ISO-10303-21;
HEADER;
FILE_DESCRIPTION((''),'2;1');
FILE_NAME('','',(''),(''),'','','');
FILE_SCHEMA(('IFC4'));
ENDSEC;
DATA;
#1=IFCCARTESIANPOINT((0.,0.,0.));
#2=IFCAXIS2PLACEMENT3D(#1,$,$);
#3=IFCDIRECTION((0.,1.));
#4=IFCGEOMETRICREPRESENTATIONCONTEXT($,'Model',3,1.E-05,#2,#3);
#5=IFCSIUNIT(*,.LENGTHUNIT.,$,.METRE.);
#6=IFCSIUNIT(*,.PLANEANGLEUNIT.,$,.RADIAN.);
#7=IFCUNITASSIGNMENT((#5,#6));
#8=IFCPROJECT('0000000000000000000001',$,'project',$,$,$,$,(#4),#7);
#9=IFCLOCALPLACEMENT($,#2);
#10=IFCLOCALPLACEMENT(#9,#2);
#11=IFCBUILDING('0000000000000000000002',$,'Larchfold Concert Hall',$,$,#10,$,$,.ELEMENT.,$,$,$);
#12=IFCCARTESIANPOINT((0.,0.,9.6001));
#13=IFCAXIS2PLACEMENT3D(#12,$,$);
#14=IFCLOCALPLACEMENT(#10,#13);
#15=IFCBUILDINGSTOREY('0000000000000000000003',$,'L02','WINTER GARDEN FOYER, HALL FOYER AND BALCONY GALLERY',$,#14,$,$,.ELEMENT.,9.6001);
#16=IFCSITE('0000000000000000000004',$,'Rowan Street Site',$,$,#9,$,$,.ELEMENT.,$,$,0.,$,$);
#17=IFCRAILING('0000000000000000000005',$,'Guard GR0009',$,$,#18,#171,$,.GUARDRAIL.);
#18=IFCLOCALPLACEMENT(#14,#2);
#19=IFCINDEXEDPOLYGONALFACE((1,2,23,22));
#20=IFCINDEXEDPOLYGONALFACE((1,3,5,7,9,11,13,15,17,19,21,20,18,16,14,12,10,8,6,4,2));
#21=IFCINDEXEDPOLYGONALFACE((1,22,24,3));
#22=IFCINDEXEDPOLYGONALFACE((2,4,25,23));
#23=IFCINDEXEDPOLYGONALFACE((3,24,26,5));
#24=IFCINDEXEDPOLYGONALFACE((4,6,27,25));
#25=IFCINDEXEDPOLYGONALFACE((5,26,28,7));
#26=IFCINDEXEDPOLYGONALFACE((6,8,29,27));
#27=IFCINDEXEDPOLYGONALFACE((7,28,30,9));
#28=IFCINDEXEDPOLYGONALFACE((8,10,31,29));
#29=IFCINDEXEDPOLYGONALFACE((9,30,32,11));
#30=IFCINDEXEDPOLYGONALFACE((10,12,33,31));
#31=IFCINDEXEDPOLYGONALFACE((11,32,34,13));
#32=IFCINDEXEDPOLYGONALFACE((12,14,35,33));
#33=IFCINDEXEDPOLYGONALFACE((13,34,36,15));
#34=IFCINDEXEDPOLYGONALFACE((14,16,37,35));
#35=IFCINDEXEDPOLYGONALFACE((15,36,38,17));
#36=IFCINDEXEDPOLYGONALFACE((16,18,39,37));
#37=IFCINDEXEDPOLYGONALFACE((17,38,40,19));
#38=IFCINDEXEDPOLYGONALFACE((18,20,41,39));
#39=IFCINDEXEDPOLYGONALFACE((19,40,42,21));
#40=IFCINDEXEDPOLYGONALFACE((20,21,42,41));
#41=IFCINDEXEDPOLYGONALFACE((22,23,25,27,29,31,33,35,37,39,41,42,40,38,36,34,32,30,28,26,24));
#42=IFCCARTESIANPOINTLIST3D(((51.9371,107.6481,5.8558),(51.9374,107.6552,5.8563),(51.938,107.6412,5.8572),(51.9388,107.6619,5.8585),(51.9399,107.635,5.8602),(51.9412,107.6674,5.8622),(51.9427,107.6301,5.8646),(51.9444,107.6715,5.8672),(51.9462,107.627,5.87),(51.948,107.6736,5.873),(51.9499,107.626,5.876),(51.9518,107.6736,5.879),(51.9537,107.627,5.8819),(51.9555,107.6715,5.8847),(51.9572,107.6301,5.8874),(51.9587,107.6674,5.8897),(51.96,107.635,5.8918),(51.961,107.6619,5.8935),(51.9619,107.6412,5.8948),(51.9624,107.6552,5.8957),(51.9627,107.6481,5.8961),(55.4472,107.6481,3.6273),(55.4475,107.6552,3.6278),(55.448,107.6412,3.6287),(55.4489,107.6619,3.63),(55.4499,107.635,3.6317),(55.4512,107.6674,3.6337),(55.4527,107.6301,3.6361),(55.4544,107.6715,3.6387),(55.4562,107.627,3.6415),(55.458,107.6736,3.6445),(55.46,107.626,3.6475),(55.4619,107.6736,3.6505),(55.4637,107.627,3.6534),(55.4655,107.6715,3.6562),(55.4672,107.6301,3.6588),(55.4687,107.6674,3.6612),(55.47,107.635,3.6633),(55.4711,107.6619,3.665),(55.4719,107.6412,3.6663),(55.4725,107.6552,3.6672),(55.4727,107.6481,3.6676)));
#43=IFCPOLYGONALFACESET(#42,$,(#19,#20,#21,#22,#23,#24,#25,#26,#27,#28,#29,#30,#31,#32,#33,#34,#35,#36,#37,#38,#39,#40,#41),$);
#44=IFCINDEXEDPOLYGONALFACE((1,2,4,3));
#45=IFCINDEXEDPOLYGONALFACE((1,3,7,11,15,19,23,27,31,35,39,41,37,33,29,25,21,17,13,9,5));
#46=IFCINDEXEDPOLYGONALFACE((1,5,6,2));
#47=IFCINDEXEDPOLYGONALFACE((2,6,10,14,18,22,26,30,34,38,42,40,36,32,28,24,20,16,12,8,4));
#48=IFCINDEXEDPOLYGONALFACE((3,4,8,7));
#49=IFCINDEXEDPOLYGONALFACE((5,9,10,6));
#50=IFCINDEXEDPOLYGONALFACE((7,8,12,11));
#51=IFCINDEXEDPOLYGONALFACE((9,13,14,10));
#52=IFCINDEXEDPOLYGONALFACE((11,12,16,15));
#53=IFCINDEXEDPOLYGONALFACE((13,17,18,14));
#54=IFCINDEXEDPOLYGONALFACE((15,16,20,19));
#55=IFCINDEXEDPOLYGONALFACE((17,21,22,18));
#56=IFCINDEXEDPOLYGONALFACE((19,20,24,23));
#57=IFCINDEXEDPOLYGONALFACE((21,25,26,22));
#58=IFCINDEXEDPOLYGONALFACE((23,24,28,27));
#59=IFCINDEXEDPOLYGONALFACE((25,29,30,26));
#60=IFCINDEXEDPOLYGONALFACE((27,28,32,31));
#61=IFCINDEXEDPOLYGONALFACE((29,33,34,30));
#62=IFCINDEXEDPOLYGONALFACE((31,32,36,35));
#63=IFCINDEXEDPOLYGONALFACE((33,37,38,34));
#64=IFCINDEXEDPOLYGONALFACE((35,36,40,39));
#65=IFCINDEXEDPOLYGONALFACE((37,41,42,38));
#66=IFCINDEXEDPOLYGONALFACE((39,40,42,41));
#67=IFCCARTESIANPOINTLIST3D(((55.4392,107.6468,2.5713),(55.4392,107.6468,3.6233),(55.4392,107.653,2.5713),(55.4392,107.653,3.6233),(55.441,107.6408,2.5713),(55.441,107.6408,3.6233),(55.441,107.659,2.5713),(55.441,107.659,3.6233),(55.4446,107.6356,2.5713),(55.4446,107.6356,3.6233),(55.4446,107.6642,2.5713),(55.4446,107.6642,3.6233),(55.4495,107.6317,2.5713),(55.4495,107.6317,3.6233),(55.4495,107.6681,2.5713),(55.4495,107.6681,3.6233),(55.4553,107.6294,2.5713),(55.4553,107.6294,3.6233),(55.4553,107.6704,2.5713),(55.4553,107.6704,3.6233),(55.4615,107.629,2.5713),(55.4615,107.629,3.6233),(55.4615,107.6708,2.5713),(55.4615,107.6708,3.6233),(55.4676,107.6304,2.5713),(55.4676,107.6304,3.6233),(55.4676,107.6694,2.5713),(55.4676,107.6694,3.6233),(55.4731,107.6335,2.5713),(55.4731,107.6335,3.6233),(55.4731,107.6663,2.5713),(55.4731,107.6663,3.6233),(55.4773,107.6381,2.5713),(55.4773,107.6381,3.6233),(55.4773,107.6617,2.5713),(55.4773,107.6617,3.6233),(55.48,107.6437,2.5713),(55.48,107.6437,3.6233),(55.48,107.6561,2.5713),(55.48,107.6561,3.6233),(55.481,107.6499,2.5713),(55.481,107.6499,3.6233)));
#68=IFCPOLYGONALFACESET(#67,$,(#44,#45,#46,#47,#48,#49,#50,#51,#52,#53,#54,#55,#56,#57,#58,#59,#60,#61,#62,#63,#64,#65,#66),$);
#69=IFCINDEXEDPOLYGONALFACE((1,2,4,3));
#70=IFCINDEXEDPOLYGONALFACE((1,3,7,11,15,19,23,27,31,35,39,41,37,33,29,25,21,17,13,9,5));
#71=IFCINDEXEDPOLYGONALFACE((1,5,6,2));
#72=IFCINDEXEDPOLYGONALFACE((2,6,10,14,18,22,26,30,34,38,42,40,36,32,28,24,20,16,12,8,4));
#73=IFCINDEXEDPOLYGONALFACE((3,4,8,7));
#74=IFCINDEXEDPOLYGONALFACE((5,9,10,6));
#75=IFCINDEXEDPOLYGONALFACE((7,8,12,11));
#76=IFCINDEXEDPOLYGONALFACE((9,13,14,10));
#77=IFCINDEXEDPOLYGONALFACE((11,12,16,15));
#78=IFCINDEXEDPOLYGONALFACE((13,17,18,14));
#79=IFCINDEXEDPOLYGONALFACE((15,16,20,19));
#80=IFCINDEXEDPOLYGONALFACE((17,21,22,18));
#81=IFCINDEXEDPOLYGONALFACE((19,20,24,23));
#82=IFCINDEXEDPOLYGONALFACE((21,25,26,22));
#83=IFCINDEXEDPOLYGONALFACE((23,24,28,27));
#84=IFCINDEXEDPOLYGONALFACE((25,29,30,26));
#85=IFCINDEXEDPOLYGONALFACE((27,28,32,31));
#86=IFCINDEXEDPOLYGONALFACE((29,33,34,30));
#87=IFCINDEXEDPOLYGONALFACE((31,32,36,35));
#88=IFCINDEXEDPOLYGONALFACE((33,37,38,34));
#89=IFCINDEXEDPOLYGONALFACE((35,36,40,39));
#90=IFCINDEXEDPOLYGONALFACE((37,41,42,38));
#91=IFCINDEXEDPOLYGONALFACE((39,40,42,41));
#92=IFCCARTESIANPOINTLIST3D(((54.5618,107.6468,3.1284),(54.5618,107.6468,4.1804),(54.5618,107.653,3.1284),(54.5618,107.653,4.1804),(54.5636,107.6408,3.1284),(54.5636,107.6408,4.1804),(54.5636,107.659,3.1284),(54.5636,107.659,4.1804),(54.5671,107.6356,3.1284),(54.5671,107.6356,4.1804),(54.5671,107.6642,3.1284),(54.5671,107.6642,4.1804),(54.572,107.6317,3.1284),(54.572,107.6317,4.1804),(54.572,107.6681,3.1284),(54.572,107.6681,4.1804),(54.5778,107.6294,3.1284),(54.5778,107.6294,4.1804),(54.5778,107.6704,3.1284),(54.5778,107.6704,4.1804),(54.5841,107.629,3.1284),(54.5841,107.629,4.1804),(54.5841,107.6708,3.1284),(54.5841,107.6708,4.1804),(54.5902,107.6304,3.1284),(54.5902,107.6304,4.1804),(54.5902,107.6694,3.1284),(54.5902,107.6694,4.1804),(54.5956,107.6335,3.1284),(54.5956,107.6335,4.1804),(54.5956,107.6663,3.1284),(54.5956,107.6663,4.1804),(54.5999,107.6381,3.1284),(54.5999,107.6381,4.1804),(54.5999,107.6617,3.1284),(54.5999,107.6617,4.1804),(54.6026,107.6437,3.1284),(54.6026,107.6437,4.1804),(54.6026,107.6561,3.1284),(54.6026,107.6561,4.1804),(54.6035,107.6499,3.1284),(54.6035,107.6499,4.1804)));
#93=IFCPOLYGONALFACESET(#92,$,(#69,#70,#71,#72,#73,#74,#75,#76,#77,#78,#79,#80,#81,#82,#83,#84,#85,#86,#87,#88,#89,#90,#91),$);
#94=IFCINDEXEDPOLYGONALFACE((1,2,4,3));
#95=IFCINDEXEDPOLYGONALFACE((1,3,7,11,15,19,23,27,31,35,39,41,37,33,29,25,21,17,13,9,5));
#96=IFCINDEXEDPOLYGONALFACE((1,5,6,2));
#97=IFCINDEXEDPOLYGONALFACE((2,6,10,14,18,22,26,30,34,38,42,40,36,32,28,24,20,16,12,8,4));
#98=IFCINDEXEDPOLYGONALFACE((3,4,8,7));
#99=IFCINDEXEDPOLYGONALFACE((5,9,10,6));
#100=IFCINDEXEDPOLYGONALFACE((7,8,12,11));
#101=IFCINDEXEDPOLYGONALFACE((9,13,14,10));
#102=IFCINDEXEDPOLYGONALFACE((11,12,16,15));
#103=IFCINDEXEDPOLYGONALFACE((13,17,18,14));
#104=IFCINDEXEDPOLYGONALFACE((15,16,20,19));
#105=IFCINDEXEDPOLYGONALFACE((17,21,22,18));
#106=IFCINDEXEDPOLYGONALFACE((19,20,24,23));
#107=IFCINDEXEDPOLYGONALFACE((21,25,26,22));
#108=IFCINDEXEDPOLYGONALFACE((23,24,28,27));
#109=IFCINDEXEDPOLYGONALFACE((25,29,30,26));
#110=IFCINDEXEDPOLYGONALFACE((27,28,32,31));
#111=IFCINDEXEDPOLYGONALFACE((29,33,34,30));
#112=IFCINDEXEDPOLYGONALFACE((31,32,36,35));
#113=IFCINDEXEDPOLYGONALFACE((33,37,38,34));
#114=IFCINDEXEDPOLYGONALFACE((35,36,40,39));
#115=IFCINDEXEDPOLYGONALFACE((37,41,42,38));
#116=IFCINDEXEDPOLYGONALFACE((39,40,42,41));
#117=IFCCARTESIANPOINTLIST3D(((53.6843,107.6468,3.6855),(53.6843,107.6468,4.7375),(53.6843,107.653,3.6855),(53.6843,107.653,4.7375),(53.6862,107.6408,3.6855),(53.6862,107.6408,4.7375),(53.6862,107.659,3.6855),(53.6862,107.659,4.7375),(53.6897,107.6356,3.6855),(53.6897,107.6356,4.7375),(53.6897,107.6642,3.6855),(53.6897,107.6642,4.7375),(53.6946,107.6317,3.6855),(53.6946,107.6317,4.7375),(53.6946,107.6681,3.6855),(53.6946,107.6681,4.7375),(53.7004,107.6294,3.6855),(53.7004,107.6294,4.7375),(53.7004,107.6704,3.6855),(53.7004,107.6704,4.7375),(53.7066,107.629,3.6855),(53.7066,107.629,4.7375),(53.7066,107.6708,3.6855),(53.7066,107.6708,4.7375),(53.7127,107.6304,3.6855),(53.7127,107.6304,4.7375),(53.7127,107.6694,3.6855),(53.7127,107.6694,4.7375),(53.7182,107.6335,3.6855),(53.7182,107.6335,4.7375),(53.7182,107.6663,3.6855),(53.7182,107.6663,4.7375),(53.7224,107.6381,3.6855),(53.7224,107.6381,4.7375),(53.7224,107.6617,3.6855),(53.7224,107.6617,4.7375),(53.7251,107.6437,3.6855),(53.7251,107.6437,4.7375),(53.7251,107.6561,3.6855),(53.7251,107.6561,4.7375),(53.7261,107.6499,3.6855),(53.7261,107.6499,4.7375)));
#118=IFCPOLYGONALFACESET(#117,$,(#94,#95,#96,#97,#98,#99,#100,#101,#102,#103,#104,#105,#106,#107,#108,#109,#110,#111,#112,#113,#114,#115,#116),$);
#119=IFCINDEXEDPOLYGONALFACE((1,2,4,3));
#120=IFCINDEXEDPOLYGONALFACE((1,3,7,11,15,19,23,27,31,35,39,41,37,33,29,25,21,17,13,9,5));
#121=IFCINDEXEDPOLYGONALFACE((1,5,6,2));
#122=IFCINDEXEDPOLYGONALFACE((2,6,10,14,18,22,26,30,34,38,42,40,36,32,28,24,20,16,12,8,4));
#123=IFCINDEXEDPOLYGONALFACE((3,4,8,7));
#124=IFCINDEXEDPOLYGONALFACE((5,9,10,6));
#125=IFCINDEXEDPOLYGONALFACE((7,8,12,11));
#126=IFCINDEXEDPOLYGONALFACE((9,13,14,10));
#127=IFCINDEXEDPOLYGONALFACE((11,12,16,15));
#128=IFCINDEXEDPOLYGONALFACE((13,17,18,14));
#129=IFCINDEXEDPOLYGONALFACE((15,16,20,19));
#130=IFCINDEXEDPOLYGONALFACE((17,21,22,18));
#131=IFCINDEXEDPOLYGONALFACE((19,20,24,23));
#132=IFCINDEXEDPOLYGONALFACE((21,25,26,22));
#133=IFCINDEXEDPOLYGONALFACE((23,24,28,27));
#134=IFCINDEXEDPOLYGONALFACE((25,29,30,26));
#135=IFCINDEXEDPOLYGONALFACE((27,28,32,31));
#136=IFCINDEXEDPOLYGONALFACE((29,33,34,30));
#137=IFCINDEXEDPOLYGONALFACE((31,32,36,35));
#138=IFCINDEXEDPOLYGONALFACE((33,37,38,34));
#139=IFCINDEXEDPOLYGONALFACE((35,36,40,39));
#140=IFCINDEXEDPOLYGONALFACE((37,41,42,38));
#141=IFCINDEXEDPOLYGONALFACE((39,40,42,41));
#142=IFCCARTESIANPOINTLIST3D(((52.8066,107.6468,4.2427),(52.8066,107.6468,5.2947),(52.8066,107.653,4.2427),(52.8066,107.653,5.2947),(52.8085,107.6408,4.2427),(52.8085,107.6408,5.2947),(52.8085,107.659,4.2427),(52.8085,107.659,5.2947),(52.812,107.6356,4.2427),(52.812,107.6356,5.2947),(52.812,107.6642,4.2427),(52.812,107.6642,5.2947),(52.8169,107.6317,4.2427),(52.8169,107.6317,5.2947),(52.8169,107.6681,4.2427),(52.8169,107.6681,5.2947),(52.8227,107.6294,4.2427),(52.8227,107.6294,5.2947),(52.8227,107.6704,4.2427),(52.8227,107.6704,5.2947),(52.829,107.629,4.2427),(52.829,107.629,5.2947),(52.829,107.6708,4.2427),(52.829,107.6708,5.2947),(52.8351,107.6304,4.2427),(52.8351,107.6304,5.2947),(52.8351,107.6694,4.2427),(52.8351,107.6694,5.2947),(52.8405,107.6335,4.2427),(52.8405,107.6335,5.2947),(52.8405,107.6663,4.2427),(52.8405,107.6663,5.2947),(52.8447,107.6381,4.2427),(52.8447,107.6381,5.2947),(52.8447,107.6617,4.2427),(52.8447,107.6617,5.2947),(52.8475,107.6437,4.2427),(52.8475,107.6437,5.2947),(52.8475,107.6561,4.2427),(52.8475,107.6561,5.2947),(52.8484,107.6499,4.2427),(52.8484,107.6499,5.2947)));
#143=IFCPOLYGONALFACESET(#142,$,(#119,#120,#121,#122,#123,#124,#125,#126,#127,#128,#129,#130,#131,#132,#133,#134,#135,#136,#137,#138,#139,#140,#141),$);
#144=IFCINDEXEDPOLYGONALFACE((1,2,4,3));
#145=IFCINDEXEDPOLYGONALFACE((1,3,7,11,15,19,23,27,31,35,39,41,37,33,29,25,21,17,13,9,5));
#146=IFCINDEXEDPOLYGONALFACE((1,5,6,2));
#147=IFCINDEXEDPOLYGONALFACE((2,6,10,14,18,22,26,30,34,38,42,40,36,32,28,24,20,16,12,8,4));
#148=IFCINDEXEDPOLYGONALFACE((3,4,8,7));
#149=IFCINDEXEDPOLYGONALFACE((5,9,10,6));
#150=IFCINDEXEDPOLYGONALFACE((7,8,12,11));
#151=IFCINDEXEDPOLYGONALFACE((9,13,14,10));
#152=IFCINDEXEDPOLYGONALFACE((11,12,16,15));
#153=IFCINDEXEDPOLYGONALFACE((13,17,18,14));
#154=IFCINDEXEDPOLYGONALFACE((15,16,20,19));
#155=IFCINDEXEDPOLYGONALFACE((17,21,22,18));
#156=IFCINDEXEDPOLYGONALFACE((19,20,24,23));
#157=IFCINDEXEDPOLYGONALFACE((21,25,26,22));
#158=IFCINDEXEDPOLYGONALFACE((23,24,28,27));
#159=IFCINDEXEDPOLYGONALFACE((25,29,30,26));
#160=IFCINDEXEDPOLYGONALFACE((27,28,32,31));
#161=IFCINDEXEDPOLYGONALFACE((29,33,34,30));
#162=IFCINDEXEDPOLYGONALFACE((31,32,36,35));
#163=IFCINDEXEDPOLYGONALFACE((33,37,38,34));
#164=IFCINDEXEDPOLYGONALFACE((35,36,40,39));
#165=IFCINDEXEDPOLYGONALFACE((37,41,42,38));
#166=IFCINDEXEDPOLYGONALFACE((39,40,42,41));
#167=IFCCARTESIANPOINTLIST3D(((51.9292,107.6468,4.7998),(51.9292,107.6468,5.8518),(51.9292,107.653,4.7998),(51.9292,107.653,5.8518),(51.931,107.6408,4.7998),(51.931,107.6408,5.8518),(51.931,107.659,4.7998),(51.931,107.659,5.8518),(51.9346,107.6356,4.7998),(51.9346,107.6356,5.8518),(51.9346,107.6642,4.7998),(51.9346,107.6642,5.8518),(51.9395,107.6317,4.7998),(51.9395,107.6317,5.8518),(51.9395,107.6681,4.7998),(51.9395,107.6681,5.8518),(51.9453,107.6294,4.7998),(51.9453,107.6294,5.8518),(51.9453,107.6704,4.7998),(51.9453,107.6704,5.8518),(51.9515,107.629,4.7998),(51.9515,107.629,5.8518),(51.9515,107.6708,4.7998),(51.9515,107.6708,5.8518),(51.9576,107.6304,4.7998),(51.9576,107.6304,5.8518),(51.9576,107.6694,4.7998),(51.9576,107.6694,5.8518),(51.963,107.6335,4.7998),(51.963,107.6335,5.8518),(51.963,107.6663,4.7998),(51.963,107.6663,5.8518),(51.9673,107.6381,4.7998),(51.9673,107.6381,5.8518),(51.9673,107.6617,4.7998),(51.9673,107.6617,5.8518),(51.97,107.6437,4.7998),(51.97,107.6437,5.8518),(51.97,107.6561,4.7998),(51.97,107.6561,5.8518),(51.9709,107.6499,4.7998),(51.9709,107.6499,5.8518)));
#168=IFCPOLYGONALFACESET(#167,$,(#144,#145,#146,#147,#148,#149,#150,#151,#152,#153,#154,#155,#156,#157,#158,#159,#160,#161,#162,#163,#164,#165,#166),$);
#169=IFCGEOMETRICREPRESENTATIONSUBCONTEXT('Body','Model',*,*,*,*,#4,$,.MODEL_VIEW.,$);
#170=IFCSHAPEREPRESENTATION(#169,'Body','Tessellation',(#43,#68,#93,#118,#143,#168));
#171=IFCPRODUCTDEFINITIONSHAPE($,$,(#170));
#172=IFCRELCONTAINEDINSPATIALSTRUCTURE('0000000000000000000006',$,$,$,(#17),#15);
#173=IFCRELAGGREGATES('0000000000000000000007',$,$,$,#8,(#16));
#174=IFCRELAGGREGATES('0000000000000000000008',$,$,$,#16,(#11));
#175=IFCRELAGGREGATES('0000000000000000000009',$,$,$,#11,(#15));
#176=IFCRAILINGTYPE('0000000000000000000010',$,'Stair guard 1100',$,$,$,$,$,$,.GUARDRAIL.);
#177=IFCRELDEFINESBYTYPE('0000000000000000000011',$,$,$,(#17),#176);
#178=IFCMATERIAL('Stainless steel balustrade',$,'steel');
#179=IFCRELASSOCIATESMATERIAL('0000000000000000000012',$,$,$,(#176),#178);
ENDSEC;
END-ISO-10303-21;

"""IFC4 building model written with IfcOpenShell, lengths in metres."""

from ifc_helpers import new_model, si_unit, direction, frame, origin, origin_2d, place, context, subcontext, project, spatial, circle, extrude, material, type_object, element, save


model = new_model("IFC4")

# Units and contexts
model_context = context("Model", 3, precision=1e-05, world=origin(), true_north=direction((0.0, 1.0)))
body_context = subcontext(model_context, "Body", "Model", "MODEL_VIEW")
ifc_project = project(units=[si_unit("LENGTHUNIT", "METRE"), si_unit("PLANEANGLEUNIT", "RADIAN")], contexts=[model_context])

# Site, building, storey
site_placement = place(None, origin())
site = spatial("IfcSite", under=ifc_project, at=site_placement, Name="Rowan Street Site", CompositionType="ELEMENT", RefElevation=0.0)
building_placement = place(site_placement, origin())
building = spatial("IfcBuilding", under=site, at=building_placement, Name="Larchfold Concert Hall", CompositionType="ELEMENT")
storey_placement = place(building_placement, frame((0.0, 0.0, 9.6001)))
storey = spatial("IfcBuildingStorey", under=building, at=storey_placement, Name="L02", Description="WINTER GARDEN FOYER, HALL FOYER AND BALCONY GALLERY", CompositionType="ELEMENT", Elevation=9.6001)

# Railing
ifc_material_1 = material(Name="Stainless steel balustrade", Category="steel")
railing_type_1 = type_object("IfcRailingType", Name="Stair guard 1100", PredefinedType="GUARDRAIL", material=ifc_material_1)
railing_1_placement = place(storey_placement, frame((55.46, 107.6499, 2.5713)))
element("IfcRailing", 1, at=railing_1_placement, inside=storey, type_object=railing_type_1, Name="Guard GR0009", PredefinedType="GUARDRAIL", context=body_context, shape_type="SweptSolid", body=[
    extrude(circle(Radius=0.0239, at=origin_2d()), frame((0.0, 0.0, 1.0762), z_axis=(-0.84422, 0.0, 0.535998), x_axis=(0.0, -1.0, 0.0)), (0.0, 0.0, 1.0), 4.1577),
    extrude(circle(Radius=0.021, at=origin_2d()), origin(), (0.0, 0.0, 1.0), 1.052),
    extrude(circle(Radius=0.021, at=origin_2d()), frame((-0.8774, 0.0, 0.5571)), (0.0, 0.0, 1.0), 1.052),
    extrude(circle(Radius=0.021, at=origin_2d()), frame((-1.7549, 0.0, 1.1143)), (0.0, 0.0, 1.0), 1.052),
    extrude(circle(Radius=0.021, at=origin_2d()), frame((-2.6326, 0.0, 1.6714)), (0.0, 0.0, 1.0), 1.052),
    extrude(circle(Radius=0.021, at=origin_2d()), frame((-3.51, 0.0, 2.2285)), (0.0, 0.0, 1.0), 1.052),
])

save(model, "model.ifc")
